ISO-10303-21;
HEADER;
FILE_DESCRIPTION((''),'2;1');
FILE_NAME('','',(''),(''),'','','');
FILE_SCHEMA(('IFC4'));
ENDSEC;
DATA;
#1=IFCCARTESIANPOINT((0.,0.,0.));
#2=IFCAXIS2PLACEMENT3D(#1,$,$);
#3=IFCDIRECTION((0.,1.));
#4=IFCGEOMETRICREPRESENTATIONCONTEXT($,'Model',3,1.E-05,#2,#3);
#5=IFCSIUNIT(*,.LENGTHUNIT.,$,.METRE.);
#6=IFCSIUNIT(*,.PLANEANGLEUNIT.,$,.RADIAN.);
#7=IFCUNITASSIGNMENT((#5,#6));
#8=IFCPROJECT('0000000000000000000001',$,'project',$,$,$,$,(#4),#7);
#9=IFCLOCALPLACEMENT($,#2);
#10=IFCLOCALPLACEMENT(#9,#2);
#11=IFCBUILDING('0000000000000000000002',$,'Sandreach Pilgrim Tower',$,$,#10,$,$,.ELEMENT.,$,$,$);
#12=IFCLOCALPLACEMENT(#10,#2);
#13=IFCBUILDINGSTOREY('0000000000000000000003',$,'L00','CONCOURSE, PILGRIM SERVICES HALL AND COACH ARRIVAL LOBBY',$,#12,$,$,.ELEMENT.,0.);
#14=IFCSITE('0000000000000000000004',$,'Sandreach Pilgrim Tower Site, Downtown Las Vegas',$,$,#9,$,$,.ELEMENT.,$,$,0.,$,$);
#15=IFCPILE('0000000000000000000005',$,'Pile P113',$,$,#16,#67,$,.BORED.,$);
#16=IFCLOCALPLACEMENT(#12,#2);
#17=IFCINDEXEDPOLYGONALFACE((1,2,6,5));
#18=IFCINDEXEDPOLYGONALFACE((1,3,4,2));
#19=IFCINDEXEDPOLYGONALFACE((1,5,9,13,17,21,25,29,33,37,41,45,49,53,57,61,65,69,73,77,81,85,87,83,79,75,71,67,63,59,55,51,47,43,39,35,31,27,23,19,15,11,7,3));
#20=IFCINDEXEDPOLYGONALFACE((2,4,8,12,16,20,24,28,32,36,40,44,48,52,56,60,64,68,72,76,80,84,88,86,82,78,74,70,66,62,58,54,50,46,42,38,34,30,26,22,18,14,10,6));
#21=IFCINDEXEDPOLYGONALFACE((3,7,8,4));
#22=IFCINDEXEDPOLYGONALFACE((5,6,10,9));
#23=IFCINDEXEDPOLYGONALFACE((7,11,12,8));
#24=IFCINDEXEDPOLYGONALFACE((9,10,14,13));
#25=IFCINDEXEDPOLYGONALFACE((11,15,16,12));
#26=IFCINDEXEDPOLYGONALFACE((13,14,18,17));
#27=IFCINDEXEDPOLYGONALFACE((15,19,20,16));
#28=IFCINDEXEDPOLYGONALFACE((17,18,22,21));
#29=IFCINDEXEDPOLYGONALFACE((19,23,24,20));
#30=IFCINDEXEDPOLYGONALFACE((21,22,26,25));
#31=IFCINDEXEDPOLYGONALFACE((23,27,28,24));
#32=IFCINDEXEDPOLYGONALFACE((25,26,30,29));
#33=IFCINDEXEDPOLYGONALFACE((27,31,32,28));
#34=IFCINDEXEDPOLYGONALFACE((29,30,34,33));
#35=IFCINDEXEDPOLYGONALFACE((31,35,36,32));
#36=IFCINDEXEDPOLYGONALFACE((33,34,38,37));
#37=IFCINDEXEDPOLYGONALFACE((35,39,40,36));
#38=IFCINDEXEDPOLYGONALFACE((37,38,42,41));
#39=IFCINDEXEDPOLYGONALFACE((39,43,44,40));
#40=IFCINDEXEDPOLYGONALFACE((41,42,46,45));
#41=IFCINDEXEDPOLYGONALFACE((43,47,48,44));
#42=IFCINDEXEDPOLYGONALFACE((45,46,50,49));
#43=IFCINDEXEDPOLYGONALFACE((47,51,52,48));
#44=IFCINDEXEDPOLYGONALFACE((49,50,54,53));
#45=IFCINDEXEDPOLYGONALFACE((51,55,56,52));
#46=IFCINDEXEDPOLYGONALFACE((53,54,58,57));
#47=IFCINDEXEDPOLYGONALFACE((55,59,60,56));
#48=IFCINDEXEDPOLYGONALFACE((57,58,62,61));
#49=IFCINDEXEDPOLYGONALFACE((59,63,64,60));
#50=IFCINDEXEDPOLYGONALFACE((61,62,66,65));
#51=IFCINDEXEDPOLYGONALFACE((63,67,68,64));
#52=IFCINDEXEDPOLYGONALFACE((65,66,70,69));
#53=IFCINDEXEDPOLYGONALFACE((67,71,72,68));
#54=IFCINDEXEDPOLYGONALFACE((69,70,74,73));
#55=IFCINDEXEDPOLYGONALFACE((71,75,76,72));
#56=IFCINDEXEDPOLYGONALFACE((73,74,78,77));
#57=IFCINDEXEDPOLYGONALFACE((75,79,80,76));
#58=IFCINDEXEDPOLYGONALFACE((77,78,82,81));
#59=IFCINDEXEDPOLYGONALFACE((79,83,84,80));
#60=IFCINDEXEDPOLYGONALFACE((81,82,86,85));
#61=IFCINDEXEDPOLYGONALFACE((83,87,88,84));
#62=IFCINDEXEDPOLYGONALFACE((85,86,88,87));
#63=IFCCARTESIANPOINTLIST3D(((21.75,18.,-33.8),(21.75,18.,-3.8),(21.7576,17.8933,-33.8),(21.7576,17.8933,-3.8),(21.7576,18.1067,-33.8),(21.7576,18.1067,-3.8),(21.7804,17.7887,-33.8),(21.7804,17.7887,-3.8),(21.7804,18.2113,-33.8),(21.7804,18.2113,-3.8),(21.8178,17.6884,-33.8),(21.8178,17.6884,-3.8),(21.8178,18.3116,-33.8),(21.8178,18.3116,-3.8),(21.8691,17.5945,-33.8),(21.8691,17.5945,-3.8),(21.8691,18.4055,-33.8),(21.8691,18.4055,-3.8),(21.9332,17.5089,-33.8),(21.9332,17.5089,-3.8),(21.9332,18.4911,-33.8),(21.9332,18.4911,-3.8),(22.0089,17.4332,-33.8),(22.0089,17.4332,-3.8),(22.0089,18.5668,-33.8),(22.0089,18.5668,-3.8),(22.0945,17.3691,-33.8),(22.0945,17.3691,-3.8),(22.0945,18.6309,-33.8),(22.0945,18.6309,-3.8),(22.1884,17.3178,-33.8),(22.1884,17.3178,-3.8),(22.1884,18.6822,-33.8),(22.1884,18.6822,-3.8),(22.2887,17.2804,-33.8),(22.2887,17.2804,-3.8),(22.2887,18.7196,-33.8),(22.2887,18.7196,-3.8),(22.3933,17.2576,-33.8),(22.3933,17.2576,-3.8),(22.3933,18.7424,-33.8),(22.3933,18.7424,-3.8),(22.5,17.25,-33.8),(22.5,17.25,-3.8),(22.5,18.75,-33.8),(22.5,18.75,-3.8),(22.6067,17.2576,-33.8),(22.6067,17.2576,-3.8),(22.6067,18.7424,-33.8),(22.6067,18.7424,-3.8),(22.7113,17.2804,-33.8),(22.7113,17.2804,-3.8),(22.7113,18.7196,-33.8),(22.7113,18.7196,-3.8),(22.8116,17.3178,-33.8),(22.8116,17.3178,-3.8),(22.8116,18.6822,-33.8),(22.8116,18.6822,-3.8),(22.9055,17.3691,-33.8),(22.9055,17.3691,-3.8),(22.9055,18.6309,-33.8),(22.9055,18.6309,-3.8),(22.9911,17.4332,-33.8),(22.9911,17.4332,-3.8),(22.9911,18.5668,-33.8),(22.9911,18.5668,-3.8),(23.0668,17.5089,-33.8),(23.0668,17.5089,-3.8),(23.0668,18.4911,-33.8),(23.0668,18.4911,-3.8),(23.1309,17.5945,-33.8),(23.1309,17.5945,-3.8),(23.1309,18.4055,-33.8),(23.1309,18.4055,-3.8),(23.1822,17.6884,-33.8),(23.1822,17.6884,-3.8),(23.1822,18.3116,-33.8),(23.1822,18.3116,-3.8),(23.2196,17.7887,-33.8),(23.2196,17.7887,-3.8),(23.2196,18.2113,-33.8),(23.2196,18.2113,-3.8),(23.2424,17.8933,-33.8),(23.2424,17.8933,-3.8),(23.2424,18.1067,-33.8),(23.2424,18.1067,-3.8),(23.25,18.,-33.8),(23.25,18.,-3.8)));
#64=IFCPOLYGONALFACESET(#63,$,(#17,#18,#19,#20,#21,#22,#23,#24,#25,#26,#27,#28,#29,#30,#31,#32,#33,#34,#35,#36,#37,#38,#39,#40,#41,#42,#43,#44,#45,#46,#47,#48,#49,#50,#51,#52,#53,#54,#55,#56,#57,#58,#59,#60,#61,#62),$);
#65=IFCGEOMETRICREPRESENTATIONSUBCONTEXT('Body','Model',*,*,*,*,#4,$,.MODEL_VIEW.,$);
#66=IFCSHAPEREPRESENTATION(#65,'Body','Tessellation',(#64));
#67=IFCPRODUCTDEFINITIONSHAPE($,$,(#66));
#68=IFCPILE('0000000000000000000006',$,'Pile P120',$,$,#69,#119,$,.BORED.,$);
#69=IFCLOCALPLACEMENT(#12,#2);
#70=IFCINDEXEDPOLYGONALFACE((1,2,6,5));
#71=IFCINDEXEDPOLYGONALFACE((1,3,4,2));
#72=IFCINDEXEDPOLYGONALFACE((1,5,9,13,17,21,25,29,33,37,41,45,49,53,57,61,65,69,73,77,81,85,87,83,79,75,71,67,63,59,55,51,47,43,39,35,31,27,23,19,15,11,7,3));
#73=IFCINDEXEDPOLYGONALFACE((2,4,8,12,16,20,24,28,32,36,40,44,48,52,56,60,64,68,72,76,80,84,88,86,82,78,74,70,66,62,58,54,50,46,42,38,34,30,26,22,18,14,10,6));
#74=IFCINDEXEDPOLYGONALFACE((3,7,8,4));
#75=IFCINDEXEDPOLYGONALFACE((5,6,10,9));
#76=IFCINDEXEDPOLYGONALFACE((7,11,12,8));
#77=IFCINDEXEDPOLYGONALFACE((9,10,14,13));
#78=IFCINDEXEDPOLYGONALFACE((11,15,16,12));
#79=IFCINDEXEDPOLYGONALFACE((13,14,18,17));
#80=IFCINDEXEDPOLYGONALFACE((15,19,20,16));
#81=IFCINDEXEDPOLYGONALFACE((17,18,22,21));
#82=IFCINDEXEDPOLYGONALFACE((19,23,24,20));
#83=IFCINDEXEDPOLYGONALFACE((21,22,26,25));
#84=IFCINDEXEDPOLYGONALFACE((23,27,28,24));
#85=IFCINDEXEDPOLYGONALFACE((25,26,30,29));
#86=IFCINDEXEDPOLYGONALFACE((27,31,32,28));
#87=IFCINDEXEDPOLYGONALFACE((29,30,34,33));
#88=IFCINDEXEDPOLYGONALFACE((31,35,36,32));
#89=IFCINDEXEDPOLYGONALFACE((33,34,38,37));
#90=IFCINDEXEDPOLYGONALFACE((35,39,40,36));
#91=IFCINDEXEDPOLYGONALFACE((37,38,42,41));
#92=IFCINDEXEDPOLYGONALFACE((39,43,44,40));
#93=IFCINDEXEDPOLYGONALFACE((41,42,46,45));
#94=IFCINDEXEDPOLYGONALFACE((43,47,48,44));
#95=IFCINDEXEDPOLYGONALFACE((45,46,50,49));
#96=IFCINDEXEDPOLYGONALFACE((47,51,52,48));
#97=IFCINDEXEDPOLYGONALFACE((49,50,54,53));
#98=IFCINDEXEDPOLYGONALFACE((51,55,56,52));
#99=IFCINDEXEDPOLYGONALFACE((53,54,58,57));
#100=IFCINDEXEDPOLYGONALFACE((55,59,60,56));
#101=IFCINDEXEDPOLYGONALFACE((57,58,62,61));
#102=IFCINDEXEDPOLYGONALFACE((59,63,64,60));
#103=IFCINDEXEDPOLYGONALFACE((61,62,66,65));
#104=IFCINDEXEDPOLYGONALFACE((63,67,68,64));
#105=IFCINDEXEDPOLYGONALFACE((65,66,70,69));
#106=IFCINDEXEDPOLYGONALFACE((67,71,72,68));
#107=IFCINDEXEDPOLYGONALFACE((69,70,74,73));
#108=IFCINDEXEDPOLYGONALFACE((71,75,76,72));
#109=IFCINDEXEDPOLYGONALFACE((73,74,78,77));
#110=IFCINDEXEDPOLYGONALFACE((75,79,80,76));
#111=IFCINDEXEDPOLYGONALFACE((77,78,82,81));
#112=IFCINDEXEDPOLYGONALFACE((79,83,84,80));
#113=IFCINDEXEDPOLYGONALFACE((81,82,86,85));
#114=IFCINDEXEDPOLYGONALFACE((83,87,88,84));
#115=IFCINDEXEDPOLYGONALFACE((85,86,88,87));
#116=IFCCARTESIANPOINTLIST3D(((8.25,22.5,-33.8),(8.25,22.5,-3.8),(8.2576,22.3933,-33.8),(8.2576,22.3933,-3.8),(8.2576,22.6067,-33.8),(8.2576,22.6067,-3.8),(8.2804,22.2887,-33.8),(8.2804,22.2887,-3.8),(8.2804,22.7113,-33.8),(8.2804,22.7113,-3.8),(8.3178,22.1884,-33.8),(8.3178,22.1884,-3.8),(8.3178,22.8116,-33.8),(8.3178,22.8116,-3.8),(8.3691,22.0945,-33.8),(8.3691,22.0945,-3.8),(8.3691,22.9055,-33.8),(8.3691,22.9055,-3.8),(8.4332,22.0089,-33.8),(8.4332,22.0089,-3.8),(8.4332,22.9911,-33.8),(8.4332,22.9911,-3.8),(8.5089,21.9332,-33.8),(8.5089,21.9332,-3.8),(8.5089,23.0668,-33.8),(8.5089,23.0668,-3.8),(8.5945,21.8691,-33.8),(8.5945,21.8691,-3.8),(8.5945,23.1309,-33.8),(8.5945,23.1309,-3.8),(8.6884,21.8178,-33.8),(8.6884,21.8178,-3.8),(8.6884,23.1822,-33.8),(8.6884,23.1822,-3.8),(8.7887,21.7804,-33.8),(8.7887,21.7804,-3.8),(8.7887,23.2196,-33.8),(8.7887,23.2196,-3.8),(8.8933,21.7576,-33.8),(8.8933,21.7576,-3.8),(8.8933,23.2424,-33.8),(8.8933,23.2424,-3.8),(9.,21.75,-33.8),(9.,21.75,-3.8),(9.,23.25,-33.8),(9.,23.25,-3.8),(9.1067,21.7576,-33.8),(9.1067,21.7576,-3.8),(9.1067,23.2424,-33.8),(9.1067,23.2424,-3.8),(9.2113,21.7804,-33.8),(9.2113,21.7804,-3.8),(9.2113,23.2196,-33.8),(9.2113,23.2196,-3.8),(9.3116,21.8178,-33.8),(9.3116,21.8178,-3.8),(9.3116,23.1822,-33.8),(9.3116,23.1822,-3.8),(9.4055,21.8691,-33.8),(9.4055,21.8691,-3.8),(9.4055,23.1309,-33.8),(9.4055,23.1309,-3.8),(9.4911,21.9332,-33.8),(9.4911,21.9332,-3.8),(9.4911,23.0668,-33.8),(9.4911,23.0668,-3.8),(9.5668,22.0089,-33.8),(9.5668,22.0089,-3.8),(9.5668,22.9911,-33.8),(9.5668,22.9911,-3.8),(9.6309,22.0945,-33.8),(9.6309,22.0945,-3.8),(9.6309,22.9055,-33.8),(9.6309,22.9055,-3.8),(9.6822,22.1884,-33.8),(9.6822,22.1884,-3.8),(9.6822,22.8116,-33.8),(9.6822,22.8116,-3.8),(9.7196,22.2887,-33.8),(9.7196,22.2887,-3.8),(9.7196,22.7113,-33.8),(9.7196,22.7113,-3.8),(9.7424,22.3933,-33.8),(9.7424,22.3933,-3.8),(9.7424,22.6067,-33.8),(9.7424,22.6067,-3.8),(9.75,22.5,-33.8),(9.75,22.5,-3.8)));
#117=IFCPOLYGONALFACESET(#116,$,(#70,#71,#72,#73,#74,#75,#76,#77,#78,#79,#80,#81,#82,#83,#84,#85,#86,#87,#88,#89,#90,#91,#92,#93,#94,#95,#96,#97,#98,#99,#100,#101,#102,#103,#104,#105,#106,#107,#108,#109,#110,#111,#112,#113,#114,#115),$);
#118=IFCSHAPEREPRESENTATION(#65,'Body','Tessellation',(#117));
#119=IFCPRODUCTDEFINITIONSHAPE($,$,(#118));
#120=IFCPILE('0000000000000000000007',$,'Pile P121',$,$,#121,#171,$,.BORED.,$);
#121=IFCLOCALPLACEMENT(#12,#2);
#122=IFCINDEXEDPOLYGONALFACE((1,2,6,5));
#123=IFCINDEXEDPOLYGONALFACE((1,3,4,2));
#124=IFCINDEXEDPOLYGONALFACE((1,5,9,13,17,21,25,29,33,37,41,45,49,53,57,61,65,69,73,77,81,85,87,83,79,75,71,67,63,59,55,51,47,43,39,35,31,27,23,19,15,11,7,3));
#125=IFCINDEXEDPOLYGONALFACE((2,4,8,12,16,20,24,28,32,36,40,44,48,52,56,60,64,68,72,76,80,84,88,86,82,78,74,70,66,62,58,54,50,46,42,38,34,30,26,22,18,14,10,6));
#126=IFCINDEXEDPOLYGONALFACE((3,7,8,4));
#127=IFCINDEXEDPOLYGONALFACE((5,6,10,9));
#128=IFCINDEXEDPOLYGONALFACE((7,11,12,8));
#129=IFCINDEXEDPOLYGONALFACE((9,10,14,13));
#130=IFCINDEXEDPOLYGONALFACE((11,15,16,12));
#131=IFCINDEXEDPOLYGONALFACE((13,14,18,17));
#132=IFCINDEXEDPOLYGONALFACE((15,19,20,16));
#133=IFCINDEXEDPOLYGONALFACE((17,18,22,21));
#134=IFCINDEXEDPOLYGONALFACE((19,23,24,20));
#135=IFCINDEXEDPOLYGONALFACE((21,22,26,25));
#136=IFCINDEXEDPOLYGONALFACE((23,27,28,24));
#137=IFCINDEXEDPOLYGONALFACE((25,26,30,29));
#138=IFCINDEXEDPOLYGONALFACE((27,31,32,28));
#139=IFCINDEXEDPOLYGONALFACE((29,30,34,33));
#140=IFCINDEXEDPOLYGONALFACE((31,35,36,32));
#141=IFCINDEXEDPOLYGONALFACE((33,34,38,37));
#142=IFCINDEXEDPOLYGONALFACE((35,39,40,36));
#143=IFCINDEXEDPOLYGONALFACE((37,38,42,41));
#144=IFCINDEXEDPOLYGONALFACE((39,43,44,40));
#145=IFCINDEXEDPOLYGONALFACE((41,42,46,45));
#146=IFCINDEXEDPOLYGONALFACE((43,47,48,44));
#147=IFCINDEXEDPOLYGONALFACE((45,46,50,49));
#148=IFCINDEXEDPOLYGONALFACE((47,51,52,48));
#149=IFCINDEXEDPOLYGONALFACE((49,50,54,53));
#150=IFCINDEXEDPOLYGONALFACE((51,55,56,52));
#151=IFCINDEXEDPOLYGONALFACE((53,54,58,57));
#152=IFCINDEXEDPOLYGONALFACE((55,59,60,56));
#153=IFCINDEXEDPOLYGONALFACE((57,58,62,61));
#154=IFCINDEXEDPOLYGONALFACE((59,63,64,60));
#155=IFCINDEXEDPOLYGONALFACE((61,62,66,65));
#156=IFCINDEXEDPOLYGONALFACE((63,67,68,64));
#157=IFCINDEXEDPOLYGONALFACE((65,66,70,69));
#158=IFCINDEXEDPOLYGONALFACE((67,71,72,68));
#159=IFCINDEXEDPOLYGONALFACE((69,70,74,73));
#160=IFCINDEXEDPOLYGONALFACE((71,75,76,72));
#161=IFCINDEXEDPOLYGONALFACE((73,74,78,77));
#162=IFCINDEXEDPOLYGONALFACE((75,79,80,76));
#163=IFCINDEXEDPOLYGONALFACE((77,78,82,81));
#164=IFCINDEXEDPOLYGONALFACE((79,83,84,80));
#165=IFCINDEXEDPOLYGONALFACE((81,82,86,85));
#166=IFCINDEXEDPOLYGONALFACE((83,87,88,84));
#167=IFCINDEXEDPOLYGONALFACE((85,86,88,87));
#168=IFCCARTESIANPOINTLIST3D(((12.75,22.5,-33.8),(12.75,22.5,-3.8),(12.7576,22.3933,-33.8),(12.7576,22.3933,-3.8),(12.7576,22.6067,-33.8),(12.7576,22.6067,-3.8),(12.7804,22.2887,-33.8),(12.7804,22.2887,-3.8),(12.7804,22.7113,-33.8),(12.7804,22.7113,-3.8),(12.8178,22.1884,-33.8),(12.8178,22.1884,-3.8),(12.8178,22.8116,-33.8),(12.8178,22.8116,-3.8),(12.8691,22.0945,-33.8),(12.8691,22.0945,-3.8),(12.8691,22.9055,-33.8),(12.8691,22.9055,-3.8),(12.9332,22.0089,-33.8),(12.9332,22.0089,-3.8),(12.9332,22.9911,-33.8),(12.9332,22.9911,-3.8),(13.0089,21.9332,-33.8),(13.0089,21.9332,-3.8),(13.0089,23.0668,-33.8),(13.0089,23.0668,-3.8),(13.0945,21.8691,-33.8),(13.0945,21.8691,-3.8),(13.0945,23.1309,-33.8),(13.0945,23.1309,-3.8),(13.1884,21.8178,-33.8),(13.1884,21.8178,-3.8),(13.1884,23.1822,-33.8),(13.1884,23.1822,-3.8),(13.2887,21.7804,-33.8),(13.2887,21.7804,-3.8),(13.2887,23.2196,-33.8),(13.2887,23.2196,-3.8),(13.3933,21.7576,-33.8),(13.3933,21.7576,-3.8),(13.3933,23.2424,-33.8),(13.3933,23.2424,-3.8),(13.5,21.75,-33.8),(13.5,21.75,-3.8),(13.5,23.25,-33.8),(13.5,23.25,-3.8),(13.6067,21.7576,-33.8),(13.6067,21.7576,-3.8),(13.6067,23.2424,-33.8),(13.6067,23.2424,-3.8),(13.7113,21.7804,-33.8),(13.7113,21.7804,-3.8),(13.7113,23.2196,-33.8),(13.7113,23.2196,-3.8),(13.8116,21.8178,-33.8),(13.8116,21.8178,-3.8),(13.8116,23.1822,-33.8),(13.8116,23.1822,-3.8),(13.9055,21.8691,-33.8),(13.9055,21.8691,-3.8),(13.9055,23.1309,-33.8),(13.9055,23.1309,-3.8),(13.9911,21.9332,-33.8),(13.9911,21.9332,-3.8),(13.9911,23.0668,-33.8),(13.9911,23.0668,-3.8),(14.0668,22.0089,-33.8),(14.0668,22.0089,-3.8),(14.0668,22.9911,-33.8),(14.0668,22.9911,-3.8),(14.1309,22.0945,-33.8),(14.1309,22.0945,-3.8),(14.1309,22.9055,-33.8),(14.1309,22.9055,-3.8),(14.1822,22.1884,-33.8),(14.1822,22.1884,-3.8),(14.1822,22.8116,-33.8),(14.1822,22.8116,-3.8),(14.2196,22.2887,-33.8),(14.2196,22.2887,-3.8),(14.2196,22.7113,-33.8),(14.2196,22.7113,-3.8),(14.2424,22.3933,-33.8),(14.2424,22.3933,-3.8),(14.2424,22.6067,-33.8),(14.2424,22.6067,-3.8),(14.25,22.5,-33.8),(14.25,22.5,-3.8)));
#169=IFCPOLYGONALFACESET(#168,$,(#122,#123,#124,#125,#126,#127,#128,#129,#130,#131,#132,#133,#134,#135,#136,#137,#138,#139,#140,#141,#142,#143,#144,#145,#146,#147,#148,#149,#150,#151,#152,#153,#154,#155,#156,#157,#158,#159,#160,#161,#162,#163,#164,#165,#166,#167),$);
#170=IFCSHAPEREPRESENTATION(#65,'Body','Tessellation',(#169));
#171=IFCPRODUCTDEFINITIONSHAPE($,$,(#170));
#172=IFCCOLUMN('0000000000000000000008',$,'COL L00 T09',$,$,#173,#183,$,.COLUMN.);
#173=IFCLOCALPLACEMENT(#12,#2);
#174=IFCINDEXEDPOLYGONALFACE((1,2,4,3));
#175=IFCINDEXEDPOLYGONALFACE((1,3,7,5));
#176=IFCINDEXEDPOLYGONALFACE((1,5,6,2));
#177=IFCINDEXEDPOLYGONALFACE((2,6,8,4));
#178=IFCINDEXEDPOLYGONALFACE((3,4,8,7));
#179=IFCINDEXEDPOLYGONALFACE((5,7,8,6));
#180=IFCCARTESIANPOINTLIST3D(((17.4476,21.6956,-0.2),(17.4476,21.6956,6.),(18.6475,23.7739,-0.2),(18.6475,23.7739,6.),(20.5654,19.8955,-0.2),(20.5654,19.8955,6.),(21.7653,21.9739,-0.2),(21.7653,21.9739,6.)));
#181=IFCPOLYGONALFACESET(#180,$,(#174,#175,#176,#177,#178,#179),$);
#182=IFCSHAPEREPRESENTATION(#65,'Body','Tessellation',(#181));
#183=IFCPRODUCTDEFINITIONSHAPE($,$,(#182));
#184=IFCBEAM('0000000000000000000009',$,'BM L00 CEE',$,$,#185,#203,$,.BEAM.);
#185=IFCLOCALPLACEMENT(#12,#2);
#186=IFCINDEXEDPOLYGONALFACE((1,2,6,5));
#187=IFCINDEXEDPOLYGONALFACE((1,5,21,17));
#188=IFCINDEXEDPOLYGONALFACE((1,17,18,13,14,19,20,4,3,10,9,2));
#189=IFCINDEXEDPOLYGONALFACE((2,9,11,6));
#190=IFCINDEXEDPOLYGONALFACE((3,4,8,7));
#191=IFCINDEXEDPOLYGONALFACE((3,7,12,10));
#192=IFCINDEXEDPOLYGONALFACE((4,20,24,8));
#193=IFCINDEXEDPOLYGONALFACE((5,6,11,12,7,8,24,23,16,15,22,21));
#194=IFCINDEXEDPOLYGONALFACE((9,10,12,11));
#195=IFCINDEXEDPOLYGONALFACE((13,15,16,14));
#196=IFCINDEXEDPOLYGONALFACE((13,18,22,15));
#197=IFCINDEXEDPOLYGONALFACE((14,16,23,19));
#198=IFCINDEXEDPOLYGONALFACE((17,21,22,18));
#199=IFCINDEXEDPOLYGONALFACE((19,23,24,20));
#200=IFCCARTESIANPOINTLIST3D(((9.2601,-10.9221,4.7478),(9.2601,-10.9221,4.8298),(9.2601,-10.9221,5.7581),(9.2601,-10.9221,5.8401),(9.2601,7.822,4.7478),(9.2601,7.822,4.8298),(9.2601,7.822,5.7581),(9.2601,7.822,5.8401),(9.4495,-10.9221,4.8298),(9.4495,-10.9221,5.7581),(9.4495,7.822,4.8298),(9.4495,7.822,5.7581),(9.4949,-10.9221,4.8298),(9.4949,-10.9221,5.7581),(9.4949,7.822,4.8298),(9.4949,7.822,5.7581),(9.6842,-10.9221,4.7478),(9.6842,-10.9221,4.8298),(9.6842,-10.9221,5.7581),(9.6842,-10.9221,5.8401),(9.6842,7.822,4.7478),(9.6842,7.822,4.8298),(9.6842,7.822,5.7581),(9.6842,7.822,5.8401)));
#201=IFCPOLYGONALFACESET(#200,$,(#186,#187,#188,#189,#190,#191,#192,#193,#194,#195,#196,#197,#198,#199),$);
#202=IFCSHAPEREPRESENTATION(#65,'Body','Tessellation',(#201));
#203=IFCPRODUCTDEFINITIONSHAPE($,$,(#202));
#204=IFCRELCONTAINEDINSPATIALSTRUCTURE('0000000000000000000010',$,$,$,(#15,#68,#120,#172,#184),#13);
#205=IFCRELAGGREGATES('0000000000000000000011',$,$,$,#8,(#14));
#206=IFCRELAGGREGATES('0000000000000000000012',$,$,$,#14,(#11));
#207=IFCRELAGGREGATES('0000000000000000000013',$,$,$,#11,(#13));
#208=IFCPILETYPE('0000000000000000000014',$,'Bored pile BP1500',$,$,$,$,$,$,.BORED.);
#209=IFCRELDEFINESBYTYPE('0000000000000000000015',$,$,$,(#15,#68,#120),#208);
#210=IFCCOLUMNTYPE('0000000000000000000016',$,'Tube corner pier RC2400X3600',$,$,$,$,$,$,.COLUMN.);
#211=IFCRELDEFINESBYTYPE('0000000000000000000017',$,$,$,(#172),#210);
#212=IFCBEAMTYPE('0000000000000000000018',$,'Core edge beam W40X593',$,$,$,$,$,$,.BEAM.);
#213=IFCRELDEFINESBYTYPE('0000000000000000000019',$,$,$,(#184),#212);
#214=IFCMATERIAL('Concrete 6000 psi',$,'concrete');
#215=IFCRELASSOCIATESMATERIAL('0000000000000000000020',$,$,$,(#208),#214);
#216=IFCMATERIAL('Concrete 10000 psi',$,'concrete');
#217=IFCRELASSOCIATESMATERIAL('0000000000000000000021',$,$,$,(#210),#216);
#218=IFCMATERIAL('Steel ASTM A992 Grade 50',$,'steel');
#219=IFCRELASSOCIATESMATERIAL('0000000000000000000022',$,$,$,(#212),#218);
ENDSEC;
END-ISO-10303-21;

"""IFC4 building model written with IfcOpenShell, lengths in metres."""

from ifc_helpers import new_model, si_unit, direction, frame, origin, origin_2d, place, context, subcontext, project, spatial, rectangle, circle, i_section, extrude, material, material_profile, profile_set, type_object, element, save


model = new_model("IFC4")

# Units and contexts
model_context = context("Model", 3, precision=1e-05, world=origin(), true_north=direction((0.0, 1.0)))
body_context = subcontext(model_context, "Body", "Model", "MODEL_VIEW")
ifc_project = project(units=[si_unit("LENGTHUNIT", "METRE"), si_unit("PLANEANGLEUNIT", "RADIAN")], contexts=[model_context])

# Site, building, storey
site_placement = place(None, origin())
site = spatial("IfcSite", under=ifc_project, at=site_placement, Name="Sandreach Pilgrim Tower Site, Downtown Las Vegas", CompositionType="ELEMENT", RefElevation=0.0)
building_placement = place(site_placement, origin())
building = spatial("IfcBuilding", under=site, at=building_placement, Name="Sandreach Pilgrim Tower", CompositionType="ELEMENT")
storey_placement = place(building_placement, origin())
storey = spatial("IfcBuildingStorey", under=building, at=storey_placement, Name="L00", Description="CONCOURSE, PILGRIM SERVICES HALL AND COACH ARRIVAL LOBBY", CompositionType="ELEMENT", Elevation=0.0)

# Piles
ifc_material_1 = material(Name="Concrete 6000 psi", Category="concrete")
ifc_material_profile_1 = material_profile(ifc_material_1, circle(Radius=0.75, at=origin_2d()), Name="BP1500")
ifc_profile_set_1 = profile_set([ifc_material_profile_1], Name="Concrete 6000 psi")
pile_type = type_object("IfcPileType", Name="Bored pile BP1500", PredefinedType="BORED", material=ifc_profile_set_1)
for number, where, z_axis, x_axis, name in (
    (1, (22.5, 18.0, -3.8), (0.0, 0.0, -1.0), (1.0, 0.0, 0.0), "Pile P113"),
    (2, (9.0, 22.5, -3.8), (0.0, 0.0, -1.0), (1.0, 0.0, 0.0), "Pile P120"),
    (3, (13.5, 22.5, -3.8), (0.0, 0.0, -1.0), (1.0, 0.0, 0.0), "Pile P121"),
):
    element("IfcPile", number, at=place(storey_placement, frame(where, z_axis=z_axis, x_axis=x_axis)), inside=storey, type_object=pile_type, Name=name, PredefinedType="BORED", context=body_context, shape_type="SweptSolid", body=[
        extrude(circle(Radius=0.75, at=origin_2d()), origin(), (0.0, 0.0, 1.0), 30.0),
    ])

# Column
ifc_material_2 = material(Name="Concrete 10000 psi", Category="concrete")
ifc_material_profile_2 = material_profile(ifc_material_2, rectangle(XDim=2.3999, YDim=3.6001, at=origin_2d()), Name="RC2400X3600")
ifc_profile_set_2 = profile_set([ifc_material_profile_2], Name="Concrete 10000 psi")
column_type = type_object("IfcColumnType", Name="Tube corner pier RC2400X3600", PredefinedType="COLUMN", material=ifc_profile_set_2)
column_placement = place(storey_placement, frame((19.6064, 21.8347, -0.2), z_axis=(0.0, 0.0, 1.0), x_axis=(0.5, 0.866025, 0.0)))
element("IfcColumn", 4, at=column_placement, inside=storey, type_object=column_type, Name="COL L00 T09", PredefinedType="COLUMN", context=body_context, shape_type="SweptSolid", body=[
    extrude(rectangle(XDim=2.3999, YDim=3.6001, at=origin_2d()), origin(), (0.0, 0.0, 1.0), 6.2),
])

# Beam
ifc_material_3 = material(Name="Steel ASTM A992 Grade 50", Category="steel")
ifc_material_profile_3 = material_profile(ifc_material_3, i_section(OverallWidth=0.4241, OverallDepth=1.0923, WebThickness=0.0454, FlangeThickness=0.082, at=origin_2d()), Name="W40X593")
ifc_profile_set_3 = profile_set([ifc_material_profile_3], Name="Steel ASTM A992 Grade 50")
beam_type_1 = type_object("IfcBeamType", Name="Core edge beam W40X593", PredefinedType="BEAM", material=ifc_profile_set_3)
beam_1_placement = place(storey_placement, frame((9.4722, 7.822, 5.2939), z_axis=(0.0, -1.0, 0.0), x_axis=(1.0, 0.0, 0.0)))
element("IfcBeam", 5, at=beam_1_placement, inside=storey, type_object=beam_type_1, Name="BM L00 CEE", PredefinedType="BEAM", context=body_context, shape_type="SweptSolid", body=[
    extrude(i_section(OverallWidth=0.4241, OverallDepth=1.0923, WebThickness=0.0454, FlangeThickness=0.082, at=origin_2d()), origin(), (0.0, 0.0, 1.0), 18.7441),
])

save(model, "model.ifc")
